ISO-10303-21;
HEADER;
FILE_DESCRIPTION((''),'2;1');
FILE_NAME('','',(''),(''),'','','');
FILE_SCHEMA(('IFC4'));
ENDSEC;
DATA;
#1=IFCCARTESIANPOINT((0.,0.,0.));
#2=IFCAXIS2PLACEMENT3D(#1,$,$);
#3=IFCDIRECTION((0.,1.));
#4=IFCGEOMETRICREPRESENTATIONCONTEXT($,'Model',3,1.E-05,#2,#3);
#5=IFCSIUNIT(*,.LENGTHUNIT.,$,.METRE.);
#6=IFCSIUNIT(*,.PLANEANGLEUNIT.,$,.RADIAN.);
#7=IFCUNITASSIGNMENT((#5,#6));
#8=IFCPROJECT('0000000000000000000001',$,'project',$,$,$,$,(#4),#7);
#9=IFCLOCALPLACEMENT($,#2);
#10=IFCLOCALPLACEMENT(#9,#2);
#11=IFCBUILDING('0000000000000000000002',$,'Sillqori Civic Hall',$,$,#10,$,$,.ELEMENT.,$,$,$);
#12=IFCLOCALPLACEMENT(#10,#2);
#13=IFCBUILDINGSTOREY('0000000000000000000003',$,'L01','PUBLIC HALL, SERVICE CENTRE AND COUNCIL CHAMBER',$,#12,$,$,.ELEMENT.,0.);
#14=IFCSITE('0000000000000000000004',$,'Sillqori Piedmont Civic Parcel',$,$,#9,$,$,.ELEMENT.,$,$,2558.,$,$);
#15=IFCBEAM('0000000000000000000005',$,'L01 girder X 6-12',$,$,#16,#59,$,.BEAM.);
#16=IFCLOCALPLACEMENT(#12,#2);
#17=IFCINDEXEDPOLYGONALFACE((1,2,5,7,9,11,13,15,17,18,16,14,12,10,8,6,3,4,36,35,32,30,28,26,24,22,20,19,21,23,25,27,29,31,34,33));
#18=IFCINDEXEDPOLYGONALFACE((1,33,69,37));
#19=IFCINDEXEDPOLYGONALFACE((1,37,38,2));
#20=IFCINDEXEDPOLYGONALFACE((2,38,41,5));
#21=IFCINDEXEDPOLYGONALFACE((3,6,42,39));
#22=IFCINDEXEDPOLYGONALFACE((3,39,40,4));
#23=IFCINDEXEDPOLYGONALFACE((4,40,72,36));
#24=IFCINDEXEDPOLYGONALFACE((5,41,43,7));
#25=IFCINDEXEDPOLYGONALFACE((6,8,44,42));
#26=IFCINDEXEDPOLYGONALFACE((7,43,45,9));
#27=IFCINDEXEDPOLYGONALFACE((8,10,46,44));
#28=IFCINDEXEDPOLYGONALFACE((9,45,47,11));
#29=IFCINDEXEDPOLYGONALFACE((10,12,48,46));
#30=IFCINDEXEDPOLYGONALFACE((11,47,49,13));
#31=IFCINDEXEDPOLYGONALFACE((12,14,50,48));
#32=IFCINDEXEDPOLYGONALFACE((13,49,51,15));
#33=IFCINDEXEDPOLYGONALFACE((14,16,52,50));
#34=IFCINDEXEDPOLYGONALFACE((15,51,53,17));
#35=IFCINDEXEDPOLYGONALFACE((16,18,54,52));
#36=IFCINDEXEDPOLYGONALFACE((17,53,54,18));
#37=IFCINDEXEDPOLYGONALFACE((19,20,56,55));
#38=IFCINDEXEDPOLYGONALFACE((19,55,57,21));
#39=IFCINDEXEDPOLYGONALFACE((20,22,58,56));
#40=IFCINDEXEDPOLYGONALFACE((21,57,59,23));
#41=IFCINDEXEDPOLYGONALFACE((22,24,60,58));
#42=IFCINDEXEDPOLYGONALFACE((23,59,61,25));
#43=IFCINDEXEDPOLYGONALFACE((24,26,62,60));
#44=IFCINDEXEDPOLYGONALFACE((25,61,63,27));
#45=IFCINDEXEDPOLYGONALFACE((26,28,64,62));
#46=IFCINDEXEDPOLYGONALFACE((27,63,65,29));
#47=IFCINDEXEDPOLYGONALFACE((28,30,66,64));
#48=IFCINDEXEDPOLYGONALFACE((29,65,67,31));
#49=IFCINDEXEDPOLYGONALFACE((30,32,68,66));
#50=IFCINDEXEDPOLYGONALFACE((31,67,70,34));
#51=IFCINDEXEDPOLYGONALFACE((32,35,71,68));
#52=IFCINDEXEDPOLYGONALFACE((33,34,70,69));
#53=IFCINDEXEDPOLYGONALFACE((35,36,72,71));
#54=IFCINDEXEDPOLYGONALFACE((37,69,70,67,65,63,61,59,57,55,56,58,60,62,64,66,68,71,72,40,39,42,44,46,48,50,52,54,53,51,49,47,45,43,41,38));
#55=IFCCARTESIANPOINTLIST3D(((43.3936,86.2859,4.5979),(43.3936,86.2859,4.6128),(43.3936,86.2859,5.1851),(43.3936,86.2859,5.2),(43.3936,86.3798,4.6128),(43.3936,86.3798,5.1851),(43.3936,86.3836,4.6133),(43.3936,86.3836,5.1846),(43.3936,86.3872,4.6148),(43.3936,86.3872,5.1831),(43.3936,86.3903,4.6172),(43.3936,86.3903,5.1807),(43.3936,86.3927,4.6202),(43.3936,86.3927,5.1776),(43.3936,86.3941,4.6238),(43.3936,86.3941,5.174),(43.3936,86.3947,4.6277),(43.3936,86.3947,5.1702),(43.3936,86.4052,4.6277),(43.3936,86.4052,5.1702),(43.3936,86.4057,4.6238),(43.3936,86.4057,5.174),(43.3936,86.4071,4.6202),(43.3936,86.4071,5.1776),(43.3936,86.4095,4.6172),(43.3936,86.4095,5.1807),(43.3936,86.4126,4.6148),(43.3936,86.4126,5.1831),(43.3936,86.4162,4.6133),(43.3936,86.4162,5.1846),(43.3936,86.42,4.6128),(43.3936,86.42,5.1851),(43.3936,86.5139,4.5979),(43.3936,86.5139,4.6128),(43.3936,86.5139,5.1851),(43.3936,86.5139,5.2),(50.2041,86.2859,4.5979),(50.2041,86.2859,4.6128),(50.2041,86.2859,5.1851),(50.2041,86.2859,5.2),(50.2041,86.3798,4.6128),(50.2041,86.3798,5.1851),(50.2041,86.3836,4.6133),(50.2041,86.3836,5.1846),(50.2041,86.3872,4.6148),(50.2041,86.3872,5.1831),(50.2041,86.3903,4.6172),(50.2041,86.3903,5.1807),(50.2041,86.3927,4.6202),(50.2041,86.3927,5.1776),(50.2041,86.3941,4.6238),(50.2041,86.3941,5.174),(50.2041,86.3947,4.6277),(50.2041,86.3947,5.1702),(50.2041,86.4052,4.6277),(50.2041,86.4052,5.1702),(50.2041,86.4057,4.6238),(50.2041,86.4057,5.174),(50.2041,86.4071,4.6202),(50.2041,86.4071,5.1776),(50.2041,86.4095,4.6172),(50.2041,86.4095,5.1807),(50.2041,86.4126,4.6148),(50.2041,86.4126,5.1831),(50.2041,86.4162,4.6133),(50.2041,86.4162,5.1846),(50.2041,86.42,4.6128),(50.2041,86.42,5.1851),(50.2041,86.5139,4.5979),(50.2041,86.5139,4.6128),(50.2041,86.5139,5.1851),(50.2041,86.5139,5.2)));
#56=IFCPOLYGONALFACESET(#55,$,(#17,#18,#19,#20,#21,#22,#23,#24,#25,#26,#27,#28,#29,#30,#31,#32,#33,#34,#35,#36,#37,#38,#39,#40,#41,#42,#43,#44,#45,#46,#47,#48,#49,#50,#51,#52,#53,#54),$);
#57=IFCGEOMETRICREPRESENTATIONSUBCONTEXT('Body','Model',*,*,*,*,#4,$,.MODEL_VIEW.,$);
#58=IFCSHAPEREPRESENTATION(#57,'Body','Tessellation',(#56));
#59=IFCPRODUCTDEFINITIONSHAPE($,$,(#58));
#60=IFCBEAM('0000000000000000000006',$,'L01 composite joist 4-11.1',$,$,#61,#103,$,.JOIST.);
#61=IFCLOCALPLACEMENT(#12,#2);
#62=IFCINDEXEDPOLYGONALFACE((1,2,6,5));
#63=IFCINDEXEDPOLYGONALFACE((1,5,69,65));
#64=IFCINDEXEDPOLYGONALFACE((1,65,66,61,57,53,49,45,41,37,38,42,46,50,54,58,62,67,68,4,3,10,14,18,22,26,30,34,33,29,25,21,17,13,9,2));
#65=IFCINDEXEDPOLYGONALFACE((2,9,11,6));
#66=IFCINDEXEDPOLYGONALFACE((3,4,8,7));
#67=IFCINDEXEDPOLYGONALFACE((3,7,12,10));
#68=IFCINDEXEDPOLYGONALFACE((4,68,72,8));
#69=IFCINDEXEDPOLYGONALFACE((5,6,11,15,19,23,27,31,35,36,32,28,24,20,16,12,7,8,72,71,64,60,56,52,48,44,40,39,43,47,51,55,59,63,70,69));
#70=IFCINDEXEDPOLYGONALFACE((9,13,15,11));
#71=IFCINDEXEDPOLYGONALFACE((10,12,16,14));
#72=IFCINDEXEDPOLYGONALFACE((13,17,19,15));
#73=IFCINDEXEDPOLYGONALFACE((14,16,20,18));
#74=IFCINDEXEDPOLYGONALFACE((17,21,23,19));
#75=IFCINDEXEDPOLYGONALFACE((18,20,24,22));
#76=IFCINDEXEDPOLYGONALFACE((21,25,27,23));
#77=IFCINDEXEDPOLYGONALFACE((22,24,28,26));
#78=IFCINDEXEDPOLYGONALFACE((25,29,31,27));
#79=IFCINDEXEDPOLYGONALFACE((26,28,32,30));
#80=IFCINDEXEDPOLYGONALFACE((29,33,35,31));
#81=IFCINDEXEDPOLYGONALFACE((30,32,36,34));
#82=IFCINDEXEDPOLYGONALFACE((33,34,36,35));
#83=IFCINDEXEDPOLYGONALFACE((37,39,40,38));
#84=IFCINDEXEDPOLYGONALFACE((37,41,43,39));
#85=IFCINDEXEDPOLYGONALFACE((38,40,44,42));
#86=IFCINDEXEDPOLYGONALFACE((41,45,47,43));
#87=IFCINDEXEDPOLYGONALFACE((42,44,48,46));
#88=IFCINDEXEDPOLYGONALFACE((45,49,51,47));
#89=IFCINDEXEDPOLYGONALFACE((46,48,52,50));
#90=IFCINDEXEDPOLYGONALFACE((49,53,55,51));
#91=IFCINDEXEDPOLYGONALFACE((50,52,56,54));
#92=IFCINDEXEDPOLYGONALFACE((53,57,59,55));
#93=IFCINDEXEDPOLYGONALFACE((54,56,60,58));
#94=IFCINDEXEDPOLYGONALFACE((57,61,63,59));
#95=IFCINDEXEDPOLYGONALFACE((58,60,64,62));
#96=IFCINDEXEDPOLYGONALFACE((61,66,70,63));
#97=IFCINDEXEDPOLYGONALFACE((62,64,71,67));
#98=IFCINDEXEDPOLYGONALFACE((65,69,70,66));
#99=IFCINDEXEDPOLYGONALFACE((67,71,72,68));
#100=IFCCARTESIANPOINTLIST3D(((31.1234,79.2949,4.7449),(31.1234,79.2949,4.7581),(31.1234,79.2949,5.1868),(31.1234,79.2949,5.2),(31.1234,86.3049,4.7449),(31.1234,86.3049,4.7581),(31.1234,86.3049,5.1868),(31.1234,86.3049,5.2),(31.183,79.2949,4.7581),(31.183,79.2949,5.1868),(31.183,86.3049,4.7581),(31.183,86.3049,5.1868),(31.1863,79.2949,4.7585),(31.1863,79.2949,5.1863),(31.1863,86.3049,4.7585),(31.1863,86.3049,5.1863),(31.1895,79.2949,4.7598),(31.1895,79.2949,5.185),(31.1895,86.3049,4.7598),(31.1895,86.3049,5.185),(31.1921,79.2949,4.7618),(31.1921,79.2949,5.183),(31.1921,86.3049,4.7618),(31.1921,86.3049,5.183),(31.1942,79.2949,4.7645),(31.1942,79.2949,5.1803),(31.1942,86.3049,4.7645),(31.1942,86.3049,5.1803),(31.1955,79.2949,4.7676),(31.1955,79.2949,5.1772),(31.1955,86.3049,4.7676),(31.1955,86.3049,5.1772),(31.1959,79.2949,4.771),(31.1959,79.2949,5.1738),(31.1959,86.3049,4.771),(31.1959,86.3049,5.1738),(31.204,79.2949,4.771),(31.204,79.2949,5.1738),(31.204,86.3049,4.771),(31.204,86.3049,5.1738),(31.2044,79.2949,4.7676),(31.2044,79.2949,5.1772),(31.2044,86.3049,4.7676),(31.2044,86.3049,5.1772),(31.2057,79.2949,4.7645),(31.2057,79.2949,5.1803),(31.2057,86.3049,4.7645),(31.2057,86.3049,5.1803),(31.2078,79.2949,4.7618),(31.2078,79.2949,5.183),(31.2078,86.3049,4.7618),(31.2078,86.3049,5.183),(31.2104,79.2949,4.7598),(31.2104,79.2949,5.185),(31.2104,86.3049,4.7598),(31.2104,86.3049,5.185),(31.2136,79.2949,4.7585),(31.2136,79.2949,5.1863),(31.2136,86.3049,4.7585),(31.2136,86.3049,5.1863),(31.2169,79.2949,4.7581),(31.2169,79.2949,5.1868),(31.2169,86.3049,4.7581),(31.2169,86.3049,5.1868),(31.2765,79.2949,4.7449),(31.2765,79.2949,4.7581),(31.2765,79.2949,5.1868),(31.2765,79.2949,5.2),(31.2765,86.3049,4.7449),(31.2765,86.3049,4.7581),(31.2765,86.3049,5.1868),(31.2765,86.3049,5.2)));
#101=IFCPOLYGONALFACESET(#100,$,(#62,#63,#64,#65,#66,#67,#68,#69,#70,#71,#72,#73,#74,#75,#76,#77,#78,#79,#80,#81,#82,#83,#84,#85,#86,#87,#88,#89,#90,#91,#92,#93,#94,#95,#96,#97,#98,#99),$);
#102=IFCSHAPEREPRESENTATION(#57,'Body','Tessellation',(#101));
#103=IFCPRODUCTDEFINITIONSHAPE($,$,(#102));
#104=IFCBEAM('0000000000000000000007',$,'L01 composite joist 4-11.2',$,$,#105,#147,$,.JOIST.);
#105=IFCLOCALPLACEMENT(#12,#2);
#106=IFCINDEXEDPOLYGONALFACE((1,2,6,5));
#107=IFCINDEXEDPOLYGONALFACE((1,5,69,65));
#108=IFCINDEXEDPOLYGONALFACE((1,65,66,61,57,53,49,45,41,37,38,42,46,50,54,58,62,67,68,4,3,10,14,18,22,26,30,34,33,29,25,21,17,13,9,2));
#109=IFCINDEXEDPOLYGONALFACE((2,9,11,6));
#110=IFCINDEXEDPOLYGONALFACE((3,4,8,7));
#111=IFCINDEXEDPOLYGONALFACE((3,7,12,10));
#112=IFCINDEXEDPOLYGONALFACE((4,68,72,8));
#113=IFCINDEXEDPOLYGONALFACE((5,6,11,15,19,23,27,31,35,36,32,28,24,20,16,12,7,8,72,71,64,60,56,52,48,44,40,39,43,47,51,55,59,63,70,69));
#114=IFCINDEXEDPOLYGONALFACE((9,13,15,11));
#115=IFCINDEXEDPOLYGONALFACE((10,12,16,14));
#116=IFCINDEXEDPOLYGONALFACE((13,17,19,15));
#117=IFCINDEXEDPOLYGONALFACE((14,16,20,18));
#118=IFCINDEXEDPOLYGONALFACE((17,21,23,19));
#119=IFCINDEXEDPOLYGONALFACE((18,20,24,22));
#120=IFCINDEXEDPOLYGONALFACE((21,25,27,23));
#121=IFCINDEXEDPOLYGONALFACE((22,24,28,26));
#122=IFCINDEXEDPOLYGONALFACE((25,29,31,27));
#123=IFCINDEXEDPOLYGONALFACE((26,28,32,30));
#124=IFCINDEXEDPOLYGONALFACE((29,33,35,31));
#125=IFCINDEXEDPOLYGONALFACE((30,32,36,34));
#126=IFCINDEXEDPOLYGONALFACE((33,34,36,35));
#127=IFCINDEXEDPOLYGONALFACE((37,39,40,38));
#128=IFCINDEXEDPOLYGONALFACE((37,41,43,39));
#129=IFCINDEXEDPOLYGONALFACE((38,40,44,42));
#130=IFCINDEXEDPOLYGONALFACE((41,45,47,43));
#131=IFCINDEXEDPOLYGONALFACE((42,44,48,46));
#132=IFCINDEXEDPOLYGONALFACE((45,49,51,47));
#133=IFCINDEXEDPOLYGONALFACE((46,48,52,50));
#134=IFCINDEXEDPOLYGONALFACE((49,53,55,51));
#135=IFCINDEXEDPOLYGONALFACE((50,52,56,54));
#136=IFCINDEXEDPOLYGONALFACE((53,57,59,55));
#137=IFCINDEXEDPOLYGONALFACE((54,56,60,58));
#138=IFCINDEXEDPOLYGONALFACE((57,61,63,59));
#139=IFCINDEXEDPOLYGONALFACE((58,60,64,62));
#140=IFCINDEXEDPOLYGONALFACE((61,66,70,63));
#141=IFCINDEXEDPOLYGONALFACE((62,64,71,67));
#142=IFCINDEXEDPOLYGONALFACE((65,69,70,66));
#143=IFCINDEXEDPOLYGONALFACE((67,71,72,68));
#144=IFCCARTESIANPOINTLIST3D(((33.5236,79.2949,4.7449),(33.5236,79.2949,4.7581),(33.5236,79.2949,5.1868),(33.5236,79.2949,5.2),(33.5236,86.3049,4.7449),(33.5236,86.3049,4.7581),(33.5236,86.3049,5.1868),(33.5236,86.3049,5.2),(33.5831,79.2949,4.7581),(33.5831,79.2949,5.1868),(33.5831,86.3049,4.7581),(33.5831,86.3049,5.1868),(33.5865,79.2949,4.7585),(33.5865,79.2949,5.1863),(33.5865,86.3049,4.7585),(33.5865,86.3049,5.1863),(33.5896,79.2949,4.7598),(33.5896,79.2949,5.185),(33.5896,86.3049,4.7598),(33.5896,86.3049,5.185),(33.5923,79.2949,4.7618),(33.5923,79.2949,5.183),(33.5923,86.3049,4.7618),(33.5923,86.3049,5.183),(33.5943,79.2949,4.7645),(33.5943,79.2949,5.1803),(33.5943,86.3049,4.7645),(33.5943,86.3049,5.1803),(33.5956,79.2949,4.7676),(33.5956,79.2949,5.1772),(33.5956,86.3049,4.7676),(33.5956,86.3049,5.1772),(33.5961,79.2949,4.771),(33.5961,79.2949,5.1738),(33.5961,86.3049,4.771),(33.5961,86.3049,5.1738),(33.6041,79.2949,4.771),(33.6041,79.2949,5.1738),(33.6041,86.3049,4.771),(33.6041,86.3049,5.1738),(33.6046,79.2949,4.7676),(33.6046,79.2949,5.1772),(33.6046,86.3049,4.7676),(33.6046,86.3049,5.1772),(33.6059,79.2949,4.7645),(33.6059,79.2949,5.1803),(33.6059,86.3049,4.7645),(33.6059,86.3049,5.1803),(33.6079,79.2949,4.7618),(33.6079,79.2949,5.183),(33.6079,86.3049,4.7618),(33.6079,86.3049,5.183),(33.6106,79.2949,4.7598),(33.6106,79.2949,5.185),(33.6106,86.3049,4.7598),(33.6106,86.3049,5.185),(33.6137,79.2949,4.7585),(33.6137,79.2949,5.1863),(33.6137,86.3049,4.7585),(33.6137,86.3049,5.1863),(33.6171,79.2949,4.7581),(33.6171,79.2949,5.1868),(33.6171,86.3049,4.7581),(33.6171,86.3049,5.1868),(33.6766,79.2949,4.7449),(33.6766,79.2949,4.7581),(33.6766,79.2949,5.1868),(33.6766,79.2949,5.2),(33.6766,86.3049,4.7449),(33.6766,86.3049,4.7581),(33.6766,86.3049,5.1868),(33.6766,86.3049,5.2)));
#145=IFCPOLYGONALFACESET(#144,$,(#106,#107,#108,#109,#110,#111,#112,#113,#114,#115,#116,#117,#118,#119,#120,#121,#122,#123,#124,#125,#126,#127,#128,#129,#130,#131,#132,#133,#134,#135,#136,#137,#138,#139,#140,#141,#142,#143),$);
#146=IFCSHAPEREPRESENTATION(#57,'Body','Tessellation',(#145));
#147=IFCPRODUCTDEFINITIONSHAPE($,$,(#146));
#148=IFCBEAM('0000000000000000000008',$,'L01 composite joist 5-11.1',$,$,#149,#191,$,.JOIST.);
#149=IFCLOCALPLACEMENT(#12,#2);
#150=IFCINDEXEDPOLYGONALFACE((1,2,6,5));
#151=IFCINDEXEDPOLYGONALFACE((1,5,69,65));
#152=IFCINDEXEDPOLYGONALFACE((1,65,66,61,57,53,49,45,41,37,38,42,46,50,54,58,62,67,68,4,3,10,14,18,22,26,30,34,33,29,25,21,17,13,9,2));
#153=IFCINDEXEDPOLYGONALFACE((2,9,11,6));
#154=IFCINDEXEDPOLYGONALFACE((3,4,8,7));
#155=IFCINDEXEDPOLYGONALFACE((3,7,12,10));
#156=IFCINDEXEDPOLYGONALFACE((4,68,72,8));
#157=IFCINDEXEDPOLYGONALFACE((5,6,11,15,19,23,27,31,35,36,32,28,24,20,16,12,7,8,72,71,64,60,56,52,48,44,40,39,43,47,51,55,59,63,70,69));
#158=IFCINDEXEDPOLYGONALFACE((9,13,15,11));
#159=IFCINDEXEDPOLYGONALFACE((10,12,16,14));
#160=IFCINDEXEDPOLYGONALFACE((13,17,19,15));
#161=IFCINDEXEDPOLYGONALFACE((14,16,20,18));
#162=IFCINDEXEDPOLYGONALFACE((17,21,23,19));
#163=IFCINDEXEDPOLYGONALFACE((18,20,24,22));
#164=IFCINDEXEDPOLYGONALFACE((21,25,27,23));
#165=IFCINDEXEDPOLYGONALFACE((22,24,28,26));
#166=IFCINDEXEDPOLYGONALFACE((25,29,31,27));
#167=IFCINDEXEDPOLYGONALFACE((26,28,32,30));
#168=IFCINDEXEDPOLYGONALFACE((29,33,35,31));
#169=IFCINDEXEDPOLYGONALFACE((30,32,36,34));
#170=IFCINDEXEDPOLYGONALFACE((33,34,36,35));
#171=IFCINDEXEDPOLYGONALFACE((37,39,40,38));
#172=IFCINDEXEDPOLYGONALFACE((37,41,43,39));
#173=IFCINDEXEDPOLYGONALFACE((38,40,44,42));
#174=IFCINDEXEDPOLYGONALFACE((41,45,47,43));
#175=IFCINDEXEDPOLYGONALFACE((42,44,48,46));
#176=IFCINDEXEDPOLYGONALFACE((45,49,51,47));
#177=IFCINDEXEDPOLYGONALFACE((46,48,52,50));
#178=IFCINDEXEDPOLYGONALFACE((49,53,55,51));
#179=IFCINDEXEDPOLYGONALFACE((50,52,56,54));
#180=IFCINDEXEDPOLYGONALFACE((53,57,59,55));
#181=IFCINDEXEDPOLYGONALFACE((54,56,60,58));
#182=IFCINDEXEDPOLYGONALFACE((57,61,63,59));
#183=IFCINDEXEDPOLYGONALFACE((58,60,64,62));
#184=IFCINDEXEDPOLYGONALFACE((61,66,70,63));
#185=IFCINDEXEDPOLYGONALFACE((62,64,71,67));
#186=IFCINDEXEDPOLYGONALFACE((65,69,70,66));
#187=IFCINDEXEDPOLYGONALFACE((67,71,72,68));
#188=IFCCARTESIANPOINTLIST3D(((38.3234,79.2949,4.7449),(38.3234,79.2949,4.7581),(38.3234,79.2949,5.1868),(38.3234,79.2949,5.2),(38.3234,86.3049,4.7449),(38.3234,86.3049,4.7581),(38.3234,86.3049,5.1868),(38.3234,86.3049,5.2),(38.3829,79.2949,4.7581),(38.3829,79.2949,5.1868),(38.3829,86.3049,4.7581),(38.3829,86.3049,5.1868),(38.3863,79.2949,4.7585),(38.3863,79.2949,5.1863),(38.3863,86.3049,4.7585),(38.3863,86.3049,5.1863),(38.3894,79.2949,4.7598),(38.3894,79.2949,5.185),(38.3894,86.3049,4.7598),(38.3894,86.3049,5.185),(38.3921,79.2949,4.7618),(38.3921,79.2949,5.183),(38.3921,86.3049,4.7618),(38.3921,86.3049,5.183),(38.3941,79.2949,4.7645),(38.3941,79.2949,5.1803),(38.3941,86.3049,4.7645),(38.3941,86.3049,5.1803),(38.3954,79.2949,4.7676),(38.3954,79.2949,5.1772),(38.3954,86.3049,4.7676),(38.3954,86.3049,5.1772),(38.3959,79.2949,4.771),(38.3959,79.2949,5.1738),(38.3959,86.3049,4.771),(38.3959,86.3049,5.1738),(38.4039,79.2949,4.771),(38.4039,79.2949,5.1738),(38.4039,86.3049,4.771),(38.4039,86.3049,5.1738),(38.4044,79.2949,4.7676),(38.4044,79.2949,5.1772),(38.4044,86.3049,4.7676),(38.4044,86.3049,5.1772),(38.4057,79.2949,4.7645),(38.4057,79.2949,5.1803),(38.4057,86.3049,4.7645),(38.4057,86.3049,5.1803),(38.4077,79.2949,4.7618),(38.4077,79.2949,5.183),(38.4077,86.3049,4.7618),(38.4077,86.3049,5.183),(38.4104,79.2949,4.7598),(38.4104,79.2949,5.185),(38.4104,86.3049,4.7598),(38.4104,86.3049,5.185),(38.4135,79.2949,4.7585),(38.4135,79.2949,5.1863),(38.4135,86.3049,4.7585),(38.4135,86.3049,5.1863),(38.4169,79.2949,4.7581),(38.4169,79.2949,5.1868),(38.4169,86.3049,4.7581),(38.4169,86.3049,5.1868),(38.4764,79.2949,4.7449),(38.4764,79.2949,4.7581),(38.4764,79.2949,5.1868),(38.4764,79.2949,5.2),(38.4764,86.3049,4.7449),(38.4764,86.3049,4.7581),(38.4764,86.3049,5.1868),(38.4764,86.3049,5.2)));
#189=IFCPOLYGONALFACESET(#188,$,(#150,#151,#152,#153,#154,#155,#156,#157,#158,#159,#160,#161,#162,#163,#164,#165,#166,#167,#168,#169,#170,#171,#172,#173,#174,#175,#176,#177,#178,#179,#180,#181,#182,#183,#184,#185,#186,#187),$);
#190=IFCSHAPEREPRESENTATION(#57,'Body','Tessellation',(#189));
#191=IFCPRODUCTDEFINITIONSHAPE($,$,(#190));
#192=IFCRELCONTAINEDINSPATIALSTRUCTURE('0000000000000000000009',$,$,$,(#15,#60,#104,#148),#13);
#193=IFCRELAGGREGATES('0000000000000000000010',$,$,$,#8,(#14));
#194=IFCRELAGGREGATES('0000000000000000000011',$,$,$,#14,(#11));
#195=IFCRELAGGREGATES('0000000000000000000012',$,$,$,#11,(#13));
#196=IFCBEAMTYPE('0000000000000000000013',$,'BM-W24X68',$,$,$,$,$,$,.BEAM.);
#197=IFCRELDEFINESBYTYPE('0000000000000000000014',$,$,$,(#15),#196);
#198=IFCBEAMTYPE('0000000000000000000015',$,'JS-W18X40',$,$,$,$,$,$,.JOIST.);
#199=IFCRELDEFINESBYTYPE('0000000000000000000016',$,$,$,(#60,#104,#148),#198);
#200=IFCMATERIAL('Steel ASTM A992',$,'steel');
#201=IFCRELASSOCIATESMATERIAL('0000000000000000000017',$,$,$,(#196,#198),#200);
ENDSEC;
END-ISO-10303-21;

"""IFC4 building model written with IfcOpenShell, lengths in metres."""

from ifc_helpers import new_model, si_unit, direction, frame, origin, origin_2d, place, context, subcontext, project, spatial, i_section, extrude, material, material_profile, profile_set, type_object, element, save


model = new_model("IFC4")

# Units and contexts
model_context = context("Model", 3, precision=1e-05, world=origin(), true_north=direction((0.0, 1.0)))
body_context = subcontext(model_context, "Body", "Model", "MODEL_VIEW")
ifc_project = project(units=[si_unit("LENGTHUNIT", "METRE"), si_unit("PLANEANGLEUNIT", "RADIAN")], contexts=[model_context])

# Site, building, storey
site_placement = place(None, origin())
site = spatial("IfcSite", under=ifc_project, at=site_placement, Name="Sillqori Piedmont Civic Parcel", CompositionType="ELEMENT", RefElevation=2558.0)
building_placement = place(site_placement, origin())
building = spatial("IfcBuilding", under=site, at=building_placement, Name="Sillqori Civic Hall", CompositionType="ELEMENT")
storey_placement = place(building_placement, origin())
storey = spatial("IfcBuildingStorey", under=building, at=storey_placement, Name="L01", Description="PUBLIC HALL, SERVICE CENTRE AND COUNCIL CHAMBER", CompositionType="ELEMENT", Elevation=0.0)

# Shared definitions
ifc_material_1 = material(Name="Steel ASTM A992", Category="steel")

# Beams
ifc_material_profile_1 = material_profile(ifc_material_1, i_section(OverallWidth=0.228, OverallDepth=0.6021, WebThickness=0.0105, FlangeThickness=0.0149, FilletRadius=0.0149, at=origin_2d()), Name="W24X68")
ifc_profile_set_1 = profile_set([ifc_material_profile_1], Name="Steel ASTM A992")
beam_type_1 = type_object("IfcBeamType", Name="BM-W24X68", PredefinedType="BEAM", material=ifc_profile_set_1)
beam_1_placement = place(storey_placement, frame((43.3936, 86.3999, 4.8989), z_axis=(1.0, 0.0, 0.0), x_axis=(0.0, 1.0, 0.0)))
element("IfcBeam", 1, at=beam_1_placement, inside=storey, type_object=beam_type_1, Name="L01 girder X 6-12", PredefinedType="BEAM", context=body_context, shape_type="SweptSolid", body=[
    extrude(i_section(OverallWidth=0.228, OverallDepth=0.6021, WebThickness=0.0105, FlangeThickness=0.0149, FilletRadius=0.0149, at=origin_2d()), origin(), (0.0, 0.0, 1.0), 6.8105),
])
ifc_material_profile_2 = material_profile(ifc_material_1, i_section(OverallWidth=0.1531, OverallDepth=0.4551, WebThickness=0.0081, FlangeThickness=0.0132, FilletRadius=0.0129, at=origin_2d()), Name="W18X40")
ifc_profile_set_2 = profile_set([ifc_material_profile_2], Name="Steel ASTM A992")
beam_type_2 = type_object("IfcBeamType", Name="JS-W18X40", PredefinedType="JOIST", material=ifc_profile_set_2)
for number, where, z_axis, x_axis, name in (
    (2, (31.2, 79.2949, 4.9724), (0.0, 1.0, 0.0), (-1.0, 0.0, 0.0), "L01 composite joist 4-11.1"),
    (3, (33.6001, 79.2949, 4.9724), (0.0, 1.0, 0.0), (-1.0, 0.0, 0.0), "L01 composite joist 4-11.2"),
    (4, (38.3999, 79.2949, 4.9724), (0.0, 1.0, 0.0), (-1.0, 0.0, 0.0), "L01 composite joist 5-11.1"),
):
    element("IfcBeam", number, at=place(storey_placement, frame(where, z_axis=z_axis, x_axis=x_axis)), inside=storey, type_object=beam_type_2, Name=name, PredefinedType="JOIST", context=body_context, shape_type="SweptSolid", body=[
        extrude(i_section(OverallWidth=0.1531, OverallDepth=0.4551, WebThickness=0.0081, FlangeThickness=0.0132, FilletRadius=0.0129, at=origin_2d()), origin(), (0.0, 0.0, 1.0), 7.01),
    ])

save(model, "model.ifc")
